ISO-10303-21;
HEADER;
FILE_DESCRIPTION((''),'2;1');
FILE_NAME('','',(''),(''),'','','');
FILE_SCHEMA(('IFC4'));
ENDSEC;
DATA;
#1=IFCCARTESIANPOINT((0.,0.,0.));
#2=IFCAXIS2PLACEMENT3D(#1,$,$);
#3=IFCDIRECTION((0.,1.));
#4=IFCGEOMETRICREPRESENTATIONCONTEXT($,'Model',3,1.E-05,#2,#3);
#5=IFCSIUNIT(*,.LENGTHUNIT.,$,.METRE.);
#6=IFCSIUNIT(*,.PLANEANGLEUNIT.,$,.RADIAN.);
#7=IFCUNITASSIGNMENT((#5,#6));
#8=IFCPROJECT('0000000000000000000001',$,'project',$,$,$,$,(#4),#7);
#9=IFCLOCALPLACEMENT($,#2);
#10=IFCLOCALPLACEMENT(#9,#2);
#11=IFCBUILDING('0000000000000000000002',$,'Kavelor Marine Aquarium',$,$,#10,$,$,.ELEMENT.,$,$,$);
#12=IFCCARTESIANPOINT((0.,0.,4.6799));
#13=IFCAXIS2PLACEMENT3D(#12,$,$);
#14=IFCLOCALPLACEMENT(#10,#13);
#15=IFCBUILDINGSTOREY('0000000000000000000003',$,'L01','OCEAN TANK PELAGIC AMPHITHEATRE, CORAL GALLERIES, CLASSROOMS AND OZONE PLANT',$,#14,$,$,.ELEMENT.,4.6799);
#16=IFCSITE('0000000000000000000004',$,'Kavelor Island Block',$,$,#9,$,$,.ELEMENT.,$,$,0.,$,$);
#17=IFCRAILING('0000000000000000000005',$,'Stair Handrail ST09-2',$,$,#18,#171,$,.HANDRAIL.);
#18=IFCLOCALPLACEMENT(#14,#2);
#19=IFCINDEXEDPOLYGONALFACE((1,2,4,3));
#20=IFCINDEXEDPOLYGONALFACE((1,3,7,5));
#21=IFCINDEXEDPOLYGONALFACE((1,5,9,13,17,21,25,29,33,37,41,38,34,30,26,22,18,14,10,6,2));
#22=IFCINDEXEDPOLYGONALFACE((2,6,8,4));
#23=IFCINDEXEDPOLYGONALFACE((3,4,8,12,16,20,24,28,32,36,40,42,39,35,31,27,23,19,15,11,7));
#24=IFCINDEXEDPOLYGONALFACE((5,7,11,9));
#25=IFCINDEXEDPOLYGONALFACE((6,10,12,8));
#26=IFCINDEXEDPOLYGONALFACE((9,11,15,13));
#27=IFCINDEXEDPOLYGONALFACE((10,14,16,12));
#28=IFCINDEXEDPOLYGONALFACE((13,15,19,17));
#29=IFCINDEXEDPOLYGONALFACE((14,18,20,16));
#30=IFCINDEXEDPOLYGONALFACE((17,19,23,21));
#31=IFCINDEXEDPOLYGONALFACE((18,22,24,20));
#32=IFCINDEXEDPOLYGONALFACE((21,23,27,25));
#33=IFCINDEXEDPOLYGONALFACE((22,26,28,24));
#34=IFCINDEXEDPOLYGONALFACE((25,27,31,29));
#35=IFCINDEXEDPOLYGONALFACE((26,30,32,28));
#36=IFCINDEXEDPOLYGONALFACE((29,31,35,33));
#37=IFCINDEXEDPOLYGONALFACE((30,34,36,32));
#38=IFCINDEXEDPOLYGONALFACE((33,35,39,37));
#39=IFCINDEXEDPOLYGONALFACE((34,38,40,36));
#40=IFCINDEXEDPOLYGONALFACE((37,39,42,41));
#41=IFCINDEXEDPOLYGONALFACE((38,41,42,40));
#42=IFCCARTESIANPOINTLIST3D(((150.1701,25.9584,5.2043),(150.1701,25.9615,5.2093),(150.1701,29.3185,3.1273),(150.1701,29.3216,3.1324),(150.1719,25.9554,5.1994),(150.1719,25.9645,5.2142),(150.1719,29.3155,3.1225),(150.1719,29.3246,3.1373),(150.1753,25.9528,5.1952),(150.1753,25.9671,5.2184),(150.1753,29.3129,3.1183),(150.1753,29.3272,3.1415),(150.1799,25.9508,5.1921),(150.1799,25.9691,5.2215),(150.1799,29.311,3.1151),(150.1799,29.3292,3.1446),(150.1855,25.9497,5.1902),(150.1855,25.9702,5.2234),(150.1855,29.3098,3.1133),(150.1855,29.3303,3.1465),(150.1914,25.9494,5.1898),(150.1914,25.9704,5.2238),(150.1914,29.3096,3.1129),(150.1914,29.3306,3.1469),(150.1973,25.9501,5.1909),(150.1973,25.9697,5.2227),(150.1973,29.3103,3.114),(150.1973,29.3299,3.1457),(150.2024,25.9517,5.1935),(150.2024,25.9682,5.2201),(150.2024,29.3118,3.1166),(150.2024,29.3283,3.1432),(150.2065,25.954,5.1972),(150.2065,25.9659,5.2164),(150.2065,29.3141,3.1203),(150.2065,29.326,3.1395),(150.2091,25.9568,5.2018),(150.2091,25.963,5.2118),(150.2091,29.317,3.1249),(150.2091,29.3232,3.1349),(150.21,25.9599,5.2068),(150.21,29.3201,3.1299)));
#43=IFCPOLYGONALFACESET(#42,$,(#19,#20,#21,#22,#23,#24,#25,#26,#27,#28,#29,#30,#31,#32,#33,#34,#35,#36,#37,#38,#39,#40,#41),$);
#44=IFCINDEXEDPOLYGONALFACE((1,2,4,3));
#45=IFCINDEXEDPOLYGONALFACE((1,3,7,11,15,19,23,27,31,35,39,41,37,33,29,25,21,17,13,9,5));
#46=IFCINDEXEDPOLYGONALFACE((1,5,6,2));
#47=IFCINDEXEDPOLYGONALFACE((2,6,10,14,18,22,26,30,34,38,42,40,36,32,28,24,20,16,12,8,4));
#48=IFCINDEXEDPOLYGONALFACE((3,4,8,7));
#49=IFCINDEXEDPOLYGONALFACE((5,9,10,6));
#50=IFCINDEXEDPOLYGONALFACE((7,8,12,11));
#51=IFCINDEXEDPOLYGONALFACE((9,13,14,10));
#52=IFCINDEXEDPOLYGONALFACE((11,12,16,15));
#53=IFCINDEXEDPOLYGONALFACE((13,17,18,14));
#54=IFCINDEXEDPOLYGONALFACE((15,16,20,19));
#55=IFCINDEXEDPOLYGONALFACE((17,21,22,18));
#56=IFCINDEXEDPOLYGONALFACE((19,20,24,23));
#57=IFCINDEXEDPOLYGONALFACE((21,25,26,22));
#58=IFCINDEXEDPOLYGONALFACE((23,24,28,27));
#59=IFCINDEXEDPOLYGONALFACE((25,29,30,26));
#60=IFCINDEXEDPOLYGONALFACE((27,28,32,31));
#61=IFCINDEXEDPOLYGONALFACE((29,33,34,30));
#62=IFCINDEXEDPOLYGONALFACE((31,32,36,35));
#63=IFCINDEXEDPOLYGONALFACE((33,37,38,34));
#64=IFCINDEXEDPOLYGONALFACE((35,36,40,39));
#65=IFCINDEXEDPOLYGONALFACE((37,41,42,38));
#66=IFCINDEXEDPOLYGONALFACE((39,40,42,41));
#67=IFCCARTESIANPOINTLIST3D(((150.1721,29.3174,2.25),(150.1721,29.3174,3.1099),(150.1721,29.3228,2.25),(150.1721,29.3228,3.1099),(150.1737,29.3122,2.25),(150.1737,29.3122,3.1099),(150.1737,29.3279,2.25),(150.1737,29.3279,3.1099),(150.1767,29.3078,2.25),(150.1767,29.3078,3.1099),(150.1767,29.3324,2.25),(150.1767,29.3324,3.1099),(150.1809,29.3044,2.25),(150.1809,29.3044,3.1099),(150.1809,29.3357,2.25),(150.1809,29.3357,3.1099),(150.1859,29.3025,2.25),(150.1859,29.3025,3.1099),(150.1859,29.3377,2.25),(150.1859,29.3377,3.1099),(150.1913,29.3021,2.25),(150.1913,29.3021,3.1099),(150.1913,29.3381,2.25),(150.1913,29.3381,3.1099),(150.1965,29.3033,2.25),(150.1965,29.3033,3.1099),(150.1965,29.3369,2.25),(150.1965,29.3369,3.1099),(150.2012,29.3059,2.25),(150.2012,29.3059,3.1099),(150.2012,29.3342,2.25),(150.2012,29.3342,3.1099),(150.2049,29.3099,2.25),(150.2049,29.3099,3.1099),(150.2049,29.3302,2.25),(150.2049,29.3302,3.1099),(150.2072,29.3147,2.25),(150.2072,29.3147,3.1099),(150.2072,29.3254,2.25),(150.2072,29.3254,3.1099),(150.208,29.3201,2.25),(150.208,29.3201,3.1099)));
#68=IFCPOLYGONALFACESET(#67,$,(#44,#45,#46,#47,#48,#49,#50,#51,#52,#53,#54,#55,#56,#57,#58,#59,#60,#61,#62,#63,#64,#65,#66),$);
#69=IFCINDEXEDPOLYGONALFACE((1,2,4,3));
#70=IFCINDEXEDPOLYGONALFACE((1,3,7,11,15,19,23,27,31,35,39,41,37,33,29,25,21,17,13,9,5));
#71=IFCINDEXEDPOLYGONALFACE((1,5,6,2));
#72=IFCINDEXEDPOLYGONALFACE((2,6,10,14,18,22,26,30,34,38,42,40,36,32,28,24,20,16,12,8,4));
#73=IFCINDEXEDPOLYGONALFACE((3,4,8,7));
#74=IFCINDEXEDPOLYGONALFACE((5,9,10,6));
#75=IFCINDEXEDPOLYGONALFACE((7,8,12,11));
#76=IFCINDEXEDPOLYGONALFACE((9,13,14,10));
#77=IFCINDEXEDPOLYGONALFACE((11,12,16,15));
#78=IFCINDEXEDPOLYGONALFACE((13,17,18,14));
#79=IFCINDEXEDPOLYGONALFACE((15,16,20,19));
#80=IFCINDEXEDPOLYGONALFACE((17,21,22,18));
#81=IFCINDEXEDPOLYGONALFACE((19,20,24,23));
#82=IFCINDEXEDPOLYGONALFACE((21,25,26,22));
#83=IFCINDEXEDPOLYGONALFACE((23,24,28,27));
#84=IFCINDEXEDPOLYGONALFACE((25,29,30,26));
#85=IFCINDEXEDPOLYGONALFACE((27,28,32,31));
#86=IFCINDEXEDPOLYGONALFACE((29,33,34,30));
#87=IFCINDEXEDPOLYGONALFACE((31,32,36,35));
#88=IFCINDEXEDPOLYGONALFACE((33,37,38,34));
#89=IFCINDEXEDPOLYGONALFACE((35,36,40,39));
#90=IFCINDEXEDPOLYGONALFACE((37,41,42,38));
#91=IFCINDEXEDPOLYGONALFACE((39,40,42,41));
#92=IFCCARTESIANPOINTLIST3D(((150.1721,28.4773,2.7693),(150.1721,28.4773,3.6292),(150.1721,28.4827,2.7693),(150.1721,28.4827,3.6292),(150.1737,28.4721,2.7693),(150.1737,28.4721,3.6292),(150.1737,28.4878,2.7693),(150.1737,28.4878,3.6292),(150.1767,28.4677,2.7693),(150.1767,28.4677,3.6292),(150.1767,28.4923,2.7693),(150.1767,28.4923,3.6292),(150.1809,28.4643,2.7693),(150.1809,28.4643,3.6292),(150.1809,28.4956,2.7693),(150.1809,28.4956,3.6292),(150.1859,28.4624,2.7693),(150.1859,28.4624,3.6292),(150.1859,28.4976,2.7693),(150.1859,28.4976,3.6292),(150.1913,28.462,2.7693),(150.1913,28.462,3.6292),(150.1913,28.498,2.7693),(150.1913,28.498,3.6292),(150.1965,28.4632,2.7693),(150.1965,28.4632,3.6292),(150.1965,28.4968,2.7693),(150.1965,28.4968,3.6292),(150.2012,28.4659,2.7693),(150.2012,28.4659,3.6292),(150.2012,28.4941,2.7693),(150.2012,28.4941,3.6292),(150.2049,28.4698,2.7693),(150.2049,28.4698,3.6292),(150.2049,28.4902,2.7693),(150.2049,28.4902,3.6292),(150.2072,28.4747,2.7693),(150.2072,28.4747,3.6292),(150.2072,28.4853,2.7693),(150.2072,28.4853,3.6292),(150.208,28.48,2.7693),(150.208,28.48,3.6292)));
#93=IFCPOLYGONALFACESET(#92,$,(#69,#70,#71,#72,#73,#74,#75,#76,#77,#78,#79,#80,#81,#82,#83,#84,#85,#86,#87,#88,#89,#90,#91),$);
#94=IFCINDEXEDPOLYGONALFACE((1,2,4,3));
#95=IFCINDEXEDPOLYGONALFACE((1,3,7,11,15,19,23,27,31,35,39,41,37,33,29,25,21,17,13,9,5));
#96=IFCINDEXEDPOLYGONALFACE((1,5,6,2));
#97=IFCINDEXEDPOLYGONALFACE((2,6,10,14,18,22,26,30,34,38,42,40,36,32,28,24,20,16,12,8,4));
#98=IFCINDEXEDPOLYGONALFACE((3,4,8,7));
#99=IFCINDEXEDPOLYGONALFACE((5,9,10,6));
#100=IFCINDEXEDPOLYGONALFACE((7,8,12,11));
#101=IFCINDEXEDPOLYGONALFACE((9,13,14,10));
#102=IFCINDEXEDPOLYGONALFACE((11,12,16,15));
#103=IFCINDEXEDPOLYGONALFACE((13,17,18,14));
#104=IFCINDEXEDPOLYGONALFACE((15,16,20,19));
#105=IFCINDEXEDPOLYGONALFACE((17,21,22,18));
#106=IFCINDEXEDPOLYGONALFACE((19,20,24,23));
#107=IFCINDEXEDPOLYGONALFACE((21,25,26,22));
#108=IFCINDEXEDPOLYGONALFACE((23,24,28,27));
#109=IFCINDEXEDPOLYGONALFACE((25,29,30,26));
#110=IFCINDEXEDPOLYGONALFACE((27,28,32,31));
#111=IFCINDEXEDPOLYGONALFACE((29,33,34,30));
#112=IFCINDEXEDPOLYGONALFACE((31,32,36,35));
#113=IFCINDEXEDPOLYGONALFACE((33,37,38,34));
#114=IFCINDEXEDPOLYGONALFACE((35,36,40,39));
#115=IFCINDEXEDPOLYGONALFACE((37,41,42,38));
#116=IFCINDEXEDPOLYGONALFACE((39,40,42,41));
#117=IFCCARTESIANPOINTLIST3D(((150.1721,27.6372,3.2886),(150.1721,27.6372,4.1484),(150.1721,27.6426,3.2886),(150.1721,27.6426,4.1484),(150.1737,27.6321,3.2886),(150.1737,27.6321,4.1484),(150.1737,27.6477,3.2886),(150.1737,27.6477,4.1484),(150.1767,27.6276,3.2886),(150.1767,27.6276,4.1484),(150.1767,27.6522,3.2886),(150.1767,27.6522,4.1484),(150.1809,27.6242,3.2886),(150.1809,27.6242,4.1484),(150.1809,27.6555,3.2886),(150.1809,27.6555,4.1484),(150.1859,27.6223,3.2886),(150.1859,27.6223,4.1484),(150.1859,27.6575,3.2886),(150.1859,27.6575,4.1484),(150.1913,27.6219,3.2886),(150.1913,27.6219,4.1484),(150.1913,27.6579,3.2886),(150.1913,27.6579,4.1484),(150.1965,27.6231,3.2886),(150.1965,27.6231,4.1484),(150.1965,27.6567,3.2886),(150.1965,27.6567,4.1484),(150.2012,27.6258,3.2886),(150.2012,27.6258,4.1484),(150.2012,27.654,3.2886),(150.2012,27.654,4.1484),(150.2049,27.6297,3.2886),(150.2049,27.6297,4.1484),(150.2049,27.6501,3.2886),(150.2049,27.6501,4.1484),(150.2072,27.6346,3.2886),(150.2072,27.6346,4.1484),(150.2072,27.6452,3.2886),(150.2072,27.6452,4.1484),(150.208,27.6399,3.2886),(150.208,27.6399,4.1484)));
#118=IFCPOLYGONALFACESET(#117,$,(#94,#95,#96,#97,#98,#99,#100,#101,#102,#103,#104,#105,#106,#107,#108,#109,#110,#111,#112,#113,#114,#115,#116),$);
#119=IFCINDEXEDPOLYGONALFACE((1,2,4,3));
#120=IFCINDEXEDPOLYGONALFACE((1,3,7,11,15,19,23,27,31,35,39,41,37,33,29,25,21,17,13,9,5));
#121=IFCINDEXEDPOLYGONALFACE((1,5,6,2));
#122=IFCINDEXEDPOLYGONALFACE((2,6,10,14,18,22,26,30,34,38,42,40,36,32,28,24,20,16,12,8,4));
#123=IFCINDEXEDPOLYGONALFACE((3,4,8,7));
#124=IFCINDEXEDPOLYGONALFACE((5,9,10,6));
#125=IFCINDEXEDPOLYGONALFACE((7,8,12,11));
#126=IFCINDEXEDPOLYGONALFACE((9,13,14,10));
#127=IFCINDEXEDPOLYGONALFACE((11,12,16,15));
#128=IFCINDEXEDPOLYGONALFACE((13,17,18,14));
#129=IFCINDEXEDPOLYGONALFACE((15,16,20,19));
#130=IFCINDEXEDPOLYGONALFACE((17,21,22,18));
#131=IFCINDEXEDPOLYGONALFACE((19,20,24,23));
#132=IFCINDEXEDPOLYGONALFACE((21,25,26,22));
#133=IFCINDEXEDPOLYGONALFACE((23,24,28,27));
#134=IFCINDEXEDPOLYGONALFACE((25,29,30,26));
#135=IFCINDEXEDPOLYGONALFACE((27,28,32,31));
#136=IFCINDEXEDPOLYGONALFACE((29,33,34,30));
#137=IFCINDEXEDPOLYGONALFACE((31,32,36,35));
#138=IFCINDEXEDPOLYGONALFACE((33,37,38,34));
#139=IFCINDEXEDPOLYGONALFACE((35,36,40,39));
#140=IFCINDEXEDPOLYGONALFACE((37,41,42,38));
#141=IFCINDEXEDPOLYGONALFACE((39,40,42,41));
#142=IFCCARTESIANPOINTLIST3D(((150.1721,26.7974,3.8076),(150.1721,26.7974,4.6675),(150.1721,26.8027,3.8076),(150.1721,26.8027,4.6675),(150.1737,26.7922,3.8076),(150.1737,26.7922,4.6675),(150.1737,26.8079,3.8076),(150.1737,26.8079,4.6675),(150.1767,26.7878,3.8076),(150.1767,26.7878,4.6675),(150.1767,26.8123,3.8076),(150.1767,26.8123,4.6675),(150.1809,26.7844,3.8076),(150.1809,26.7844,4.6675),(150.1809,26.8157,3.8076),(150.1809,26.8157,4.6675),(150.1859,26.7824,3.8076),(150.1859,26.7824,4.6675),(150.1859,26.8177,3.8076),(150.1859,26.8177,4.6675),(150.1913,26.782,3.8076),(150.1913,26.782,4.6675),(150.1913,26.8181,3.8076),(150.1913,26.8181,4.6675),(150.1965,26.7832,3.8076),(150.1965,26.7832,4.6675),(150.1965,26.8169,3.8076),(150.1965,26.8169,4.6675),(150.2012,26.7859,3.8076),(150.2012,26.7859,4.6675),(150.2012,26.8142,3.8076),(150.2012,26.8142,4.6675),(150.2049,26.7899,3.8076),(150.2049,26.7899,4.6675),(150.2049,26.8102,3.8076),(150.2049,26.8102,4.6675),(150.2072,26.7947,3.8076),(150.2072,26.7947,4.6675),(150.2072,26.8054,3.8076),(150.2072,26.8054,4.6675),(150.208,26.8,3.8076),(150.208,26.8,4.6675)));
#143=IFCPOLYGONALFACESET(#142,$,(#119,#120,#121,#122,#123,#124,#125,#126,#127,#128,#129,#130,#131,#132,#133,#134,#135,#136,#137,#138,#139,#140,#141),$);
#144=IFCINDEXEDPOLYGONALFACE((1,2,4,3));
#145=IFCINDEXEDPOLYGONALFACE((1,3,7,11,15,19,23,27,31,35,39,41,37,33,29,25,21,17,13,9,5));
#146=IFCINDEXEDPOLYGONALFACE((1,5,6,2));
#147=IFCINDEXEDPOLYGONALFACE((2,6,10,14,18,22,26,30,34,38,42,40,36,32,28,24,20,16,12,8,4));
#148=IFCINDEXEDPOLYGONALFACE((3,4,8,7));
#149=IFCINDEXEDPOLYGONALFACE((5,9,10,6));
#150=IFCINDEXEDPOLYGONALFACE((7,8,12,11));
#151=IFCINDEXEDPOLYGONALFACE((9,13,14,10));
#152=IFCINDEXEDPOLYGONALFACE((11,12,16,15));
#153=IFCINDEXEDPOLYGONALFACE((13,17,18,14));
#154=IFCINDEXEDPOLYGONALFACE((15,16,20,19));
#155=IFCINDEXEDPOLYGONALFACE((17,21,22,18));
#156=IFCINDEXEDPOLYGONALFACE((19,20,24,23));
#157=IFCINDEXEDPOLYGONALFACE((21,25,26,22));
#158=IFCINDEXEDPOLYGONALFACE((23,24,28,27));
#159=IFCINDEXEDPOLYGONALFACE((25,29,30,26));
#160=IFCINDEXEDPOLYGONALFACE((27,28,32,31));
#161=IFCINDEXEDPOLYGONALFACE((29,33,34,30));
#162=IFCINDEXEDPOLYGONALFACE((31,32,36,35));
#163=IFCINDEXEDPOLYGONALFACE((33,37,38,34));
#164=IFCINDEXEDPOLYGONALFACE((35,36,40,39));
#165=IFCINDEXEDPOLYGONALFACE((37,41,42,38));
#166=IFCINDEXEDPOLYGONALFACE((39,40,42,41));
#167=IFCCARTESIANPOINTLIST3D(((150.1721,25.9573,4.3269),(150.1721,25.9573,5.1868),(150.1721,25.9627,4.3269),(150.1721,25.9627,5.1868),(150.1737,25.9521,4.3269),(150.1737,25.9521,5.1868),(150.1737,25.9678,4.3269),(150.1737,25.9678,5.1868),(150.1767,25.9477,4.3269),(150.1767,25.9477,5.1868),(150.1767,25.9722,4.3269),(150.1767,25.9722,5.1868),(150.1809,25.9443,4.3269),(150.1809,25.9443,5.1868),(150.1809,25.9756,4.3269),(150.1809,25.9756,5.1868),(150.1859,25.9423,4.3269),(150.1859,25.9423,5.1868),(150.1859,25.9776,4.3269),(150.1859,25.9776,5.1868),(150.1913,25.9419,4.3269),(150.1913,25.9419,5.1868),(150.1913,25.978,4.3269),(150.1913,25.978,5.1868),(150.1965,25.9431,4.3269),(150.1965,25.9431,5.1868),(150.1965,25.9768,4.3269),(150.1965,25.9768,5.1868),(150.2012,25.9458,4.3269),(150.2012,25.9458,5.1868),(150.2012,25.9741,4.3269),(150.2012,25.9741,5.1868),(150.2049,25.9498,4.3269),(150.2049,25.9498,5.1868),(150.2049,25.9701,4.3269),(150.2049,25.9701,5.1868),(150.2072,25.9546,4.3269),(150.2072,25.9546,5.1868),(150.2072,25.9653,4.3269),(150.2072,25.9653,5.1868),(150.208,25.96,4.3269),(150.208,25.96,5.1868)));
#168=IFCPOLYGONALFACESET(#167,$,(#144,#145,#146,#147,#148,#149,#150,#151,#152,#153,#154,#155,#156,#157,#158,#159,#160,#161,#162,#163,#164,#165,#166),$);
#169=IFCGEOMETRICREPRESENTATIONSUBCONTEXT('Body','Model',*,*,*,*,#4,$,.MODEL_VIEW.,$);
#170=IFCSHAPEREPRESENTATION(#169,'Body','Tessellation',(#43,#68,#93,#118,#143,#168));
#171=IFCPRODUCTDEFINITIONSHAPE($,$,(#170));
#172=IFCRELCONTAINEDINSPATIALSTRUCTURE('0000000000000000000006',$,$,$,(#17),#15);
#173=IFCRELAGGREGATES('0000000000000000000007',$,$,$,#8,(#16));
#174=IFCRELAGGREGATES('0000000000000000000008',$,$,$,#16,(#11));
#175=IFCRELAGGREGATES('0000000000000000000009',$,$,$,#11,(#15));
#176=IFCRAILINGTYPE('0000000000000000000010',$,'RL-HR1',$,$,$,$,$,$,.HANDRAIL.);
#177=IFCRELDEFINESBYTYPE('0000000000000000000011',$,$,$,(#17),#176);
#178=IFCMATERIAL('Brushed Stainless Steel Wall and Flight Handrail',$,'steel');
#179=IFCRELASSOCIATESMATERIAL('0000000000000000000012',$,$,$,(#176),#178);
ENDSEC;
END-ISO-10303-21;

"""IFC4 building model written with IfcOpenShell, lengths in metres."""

from ifc_helpers import new_model, si_unit, direction, frame, origin, origin_2d, place, context, subcontext, project, spatial, circle, extrude, material, type_object, element, save


model = new_model("IFC4")

# Units and contexts
model_context = context("Model", 3, precision=1e-05, world=origin(), true_north=direction((0.0, 1.0)))
body_context = subcontext(model_context, "Body", "Model", "MODEL_VIEW")
ifc_project = project(units=[si_unit("LENGTHUNIT", "METRE"), si_unit("PLANEANGLEUNIT", "RADIAN")], contexts=[model_context])

# Site, building, storey
site_placement = place(None, origin())
site = spatial("IfcSite", under=ifc_project, at=site_placement, Name="Kavelor Island Block", CompositionType="ELEMENT", RefElevation=0.0)
building_placement = place(site_placement, origin())
building = spatial("IfcBuilding", under=site, at=building_placement, Name="Kavelor Marine Aquarium", CompositionType="ELEMENT")
storey_placement = place(building_placement, frame((0.0, 0.0, 4.6799)))
storey = spatial("IfcBuildingStorey", under=building, at=storey_placement, Name="L01", Description="OCEAN TANK PELAGIC AMPHITHEATRE, CORAL GALLERIES, CLASSROOMS AND OZONE PLANT", CompositionType="ELEMENT", Elevation=4.6799)

# Railing
ifc_material_1 = material(Name="Brushed Stainless Steel Wall and Flight Handrail", Category="steel")
railing_type_1 = type_object("IfcRailingType", Name="RL-HR1", PredefinedType="HANDRAIL", material=ifc_material_1)
railing_1_placement = place(storey_placement, frame((150.1899, 29.3201, 2.25)))
element("IfcRailing", 1, at=railing_1_placement, inside=storey, type_object=railing_type_1, Name="Stair Handrail ST09-2", PredefinedType="HANDRAIL", context=body_context, shape_type="SweptSolid", body=[
    extrude(circle(Radius=0.02, at=origin_2d()), frame((0.0, 0.0, 0.8799), z_axis=(0.0, -0.850623, 0.525776), x_axis=(1.0, 0.0, 0.0)), (0.0, 0.0, 1.0), 3.9502),
    extrude(circle(Radius=0.0181, at=origin_2d()), origin(), (0.0, 0.0, 1.0), 0.8599),
    extrude(circle(Radius=0.0181, at=origin_2d()), frame((0.0, -0.8401, 0.5193)), (0.0, 0.0, 1.0), 0.8599),
    extrude(circle(Radius=0.0181, at=origin_2d()), frame((0.0, -1.6802, 1.0386)), (0.0, 0.0, 1.0), 0.8599),
    extrude(circle(Radius=0.0181, at=origin_2d()), frame((0.0, -2.52, 1.5576)), (0.0, 0.0, 1.0), 0.8599),
    extrude(circle(Radius=0.0181, at=origin_2d()), frame((0.0, -3.3601, 2.0769)), (0.0, 0.0, 1.0), 0.8599),
])

save(model, "model.ifc")
